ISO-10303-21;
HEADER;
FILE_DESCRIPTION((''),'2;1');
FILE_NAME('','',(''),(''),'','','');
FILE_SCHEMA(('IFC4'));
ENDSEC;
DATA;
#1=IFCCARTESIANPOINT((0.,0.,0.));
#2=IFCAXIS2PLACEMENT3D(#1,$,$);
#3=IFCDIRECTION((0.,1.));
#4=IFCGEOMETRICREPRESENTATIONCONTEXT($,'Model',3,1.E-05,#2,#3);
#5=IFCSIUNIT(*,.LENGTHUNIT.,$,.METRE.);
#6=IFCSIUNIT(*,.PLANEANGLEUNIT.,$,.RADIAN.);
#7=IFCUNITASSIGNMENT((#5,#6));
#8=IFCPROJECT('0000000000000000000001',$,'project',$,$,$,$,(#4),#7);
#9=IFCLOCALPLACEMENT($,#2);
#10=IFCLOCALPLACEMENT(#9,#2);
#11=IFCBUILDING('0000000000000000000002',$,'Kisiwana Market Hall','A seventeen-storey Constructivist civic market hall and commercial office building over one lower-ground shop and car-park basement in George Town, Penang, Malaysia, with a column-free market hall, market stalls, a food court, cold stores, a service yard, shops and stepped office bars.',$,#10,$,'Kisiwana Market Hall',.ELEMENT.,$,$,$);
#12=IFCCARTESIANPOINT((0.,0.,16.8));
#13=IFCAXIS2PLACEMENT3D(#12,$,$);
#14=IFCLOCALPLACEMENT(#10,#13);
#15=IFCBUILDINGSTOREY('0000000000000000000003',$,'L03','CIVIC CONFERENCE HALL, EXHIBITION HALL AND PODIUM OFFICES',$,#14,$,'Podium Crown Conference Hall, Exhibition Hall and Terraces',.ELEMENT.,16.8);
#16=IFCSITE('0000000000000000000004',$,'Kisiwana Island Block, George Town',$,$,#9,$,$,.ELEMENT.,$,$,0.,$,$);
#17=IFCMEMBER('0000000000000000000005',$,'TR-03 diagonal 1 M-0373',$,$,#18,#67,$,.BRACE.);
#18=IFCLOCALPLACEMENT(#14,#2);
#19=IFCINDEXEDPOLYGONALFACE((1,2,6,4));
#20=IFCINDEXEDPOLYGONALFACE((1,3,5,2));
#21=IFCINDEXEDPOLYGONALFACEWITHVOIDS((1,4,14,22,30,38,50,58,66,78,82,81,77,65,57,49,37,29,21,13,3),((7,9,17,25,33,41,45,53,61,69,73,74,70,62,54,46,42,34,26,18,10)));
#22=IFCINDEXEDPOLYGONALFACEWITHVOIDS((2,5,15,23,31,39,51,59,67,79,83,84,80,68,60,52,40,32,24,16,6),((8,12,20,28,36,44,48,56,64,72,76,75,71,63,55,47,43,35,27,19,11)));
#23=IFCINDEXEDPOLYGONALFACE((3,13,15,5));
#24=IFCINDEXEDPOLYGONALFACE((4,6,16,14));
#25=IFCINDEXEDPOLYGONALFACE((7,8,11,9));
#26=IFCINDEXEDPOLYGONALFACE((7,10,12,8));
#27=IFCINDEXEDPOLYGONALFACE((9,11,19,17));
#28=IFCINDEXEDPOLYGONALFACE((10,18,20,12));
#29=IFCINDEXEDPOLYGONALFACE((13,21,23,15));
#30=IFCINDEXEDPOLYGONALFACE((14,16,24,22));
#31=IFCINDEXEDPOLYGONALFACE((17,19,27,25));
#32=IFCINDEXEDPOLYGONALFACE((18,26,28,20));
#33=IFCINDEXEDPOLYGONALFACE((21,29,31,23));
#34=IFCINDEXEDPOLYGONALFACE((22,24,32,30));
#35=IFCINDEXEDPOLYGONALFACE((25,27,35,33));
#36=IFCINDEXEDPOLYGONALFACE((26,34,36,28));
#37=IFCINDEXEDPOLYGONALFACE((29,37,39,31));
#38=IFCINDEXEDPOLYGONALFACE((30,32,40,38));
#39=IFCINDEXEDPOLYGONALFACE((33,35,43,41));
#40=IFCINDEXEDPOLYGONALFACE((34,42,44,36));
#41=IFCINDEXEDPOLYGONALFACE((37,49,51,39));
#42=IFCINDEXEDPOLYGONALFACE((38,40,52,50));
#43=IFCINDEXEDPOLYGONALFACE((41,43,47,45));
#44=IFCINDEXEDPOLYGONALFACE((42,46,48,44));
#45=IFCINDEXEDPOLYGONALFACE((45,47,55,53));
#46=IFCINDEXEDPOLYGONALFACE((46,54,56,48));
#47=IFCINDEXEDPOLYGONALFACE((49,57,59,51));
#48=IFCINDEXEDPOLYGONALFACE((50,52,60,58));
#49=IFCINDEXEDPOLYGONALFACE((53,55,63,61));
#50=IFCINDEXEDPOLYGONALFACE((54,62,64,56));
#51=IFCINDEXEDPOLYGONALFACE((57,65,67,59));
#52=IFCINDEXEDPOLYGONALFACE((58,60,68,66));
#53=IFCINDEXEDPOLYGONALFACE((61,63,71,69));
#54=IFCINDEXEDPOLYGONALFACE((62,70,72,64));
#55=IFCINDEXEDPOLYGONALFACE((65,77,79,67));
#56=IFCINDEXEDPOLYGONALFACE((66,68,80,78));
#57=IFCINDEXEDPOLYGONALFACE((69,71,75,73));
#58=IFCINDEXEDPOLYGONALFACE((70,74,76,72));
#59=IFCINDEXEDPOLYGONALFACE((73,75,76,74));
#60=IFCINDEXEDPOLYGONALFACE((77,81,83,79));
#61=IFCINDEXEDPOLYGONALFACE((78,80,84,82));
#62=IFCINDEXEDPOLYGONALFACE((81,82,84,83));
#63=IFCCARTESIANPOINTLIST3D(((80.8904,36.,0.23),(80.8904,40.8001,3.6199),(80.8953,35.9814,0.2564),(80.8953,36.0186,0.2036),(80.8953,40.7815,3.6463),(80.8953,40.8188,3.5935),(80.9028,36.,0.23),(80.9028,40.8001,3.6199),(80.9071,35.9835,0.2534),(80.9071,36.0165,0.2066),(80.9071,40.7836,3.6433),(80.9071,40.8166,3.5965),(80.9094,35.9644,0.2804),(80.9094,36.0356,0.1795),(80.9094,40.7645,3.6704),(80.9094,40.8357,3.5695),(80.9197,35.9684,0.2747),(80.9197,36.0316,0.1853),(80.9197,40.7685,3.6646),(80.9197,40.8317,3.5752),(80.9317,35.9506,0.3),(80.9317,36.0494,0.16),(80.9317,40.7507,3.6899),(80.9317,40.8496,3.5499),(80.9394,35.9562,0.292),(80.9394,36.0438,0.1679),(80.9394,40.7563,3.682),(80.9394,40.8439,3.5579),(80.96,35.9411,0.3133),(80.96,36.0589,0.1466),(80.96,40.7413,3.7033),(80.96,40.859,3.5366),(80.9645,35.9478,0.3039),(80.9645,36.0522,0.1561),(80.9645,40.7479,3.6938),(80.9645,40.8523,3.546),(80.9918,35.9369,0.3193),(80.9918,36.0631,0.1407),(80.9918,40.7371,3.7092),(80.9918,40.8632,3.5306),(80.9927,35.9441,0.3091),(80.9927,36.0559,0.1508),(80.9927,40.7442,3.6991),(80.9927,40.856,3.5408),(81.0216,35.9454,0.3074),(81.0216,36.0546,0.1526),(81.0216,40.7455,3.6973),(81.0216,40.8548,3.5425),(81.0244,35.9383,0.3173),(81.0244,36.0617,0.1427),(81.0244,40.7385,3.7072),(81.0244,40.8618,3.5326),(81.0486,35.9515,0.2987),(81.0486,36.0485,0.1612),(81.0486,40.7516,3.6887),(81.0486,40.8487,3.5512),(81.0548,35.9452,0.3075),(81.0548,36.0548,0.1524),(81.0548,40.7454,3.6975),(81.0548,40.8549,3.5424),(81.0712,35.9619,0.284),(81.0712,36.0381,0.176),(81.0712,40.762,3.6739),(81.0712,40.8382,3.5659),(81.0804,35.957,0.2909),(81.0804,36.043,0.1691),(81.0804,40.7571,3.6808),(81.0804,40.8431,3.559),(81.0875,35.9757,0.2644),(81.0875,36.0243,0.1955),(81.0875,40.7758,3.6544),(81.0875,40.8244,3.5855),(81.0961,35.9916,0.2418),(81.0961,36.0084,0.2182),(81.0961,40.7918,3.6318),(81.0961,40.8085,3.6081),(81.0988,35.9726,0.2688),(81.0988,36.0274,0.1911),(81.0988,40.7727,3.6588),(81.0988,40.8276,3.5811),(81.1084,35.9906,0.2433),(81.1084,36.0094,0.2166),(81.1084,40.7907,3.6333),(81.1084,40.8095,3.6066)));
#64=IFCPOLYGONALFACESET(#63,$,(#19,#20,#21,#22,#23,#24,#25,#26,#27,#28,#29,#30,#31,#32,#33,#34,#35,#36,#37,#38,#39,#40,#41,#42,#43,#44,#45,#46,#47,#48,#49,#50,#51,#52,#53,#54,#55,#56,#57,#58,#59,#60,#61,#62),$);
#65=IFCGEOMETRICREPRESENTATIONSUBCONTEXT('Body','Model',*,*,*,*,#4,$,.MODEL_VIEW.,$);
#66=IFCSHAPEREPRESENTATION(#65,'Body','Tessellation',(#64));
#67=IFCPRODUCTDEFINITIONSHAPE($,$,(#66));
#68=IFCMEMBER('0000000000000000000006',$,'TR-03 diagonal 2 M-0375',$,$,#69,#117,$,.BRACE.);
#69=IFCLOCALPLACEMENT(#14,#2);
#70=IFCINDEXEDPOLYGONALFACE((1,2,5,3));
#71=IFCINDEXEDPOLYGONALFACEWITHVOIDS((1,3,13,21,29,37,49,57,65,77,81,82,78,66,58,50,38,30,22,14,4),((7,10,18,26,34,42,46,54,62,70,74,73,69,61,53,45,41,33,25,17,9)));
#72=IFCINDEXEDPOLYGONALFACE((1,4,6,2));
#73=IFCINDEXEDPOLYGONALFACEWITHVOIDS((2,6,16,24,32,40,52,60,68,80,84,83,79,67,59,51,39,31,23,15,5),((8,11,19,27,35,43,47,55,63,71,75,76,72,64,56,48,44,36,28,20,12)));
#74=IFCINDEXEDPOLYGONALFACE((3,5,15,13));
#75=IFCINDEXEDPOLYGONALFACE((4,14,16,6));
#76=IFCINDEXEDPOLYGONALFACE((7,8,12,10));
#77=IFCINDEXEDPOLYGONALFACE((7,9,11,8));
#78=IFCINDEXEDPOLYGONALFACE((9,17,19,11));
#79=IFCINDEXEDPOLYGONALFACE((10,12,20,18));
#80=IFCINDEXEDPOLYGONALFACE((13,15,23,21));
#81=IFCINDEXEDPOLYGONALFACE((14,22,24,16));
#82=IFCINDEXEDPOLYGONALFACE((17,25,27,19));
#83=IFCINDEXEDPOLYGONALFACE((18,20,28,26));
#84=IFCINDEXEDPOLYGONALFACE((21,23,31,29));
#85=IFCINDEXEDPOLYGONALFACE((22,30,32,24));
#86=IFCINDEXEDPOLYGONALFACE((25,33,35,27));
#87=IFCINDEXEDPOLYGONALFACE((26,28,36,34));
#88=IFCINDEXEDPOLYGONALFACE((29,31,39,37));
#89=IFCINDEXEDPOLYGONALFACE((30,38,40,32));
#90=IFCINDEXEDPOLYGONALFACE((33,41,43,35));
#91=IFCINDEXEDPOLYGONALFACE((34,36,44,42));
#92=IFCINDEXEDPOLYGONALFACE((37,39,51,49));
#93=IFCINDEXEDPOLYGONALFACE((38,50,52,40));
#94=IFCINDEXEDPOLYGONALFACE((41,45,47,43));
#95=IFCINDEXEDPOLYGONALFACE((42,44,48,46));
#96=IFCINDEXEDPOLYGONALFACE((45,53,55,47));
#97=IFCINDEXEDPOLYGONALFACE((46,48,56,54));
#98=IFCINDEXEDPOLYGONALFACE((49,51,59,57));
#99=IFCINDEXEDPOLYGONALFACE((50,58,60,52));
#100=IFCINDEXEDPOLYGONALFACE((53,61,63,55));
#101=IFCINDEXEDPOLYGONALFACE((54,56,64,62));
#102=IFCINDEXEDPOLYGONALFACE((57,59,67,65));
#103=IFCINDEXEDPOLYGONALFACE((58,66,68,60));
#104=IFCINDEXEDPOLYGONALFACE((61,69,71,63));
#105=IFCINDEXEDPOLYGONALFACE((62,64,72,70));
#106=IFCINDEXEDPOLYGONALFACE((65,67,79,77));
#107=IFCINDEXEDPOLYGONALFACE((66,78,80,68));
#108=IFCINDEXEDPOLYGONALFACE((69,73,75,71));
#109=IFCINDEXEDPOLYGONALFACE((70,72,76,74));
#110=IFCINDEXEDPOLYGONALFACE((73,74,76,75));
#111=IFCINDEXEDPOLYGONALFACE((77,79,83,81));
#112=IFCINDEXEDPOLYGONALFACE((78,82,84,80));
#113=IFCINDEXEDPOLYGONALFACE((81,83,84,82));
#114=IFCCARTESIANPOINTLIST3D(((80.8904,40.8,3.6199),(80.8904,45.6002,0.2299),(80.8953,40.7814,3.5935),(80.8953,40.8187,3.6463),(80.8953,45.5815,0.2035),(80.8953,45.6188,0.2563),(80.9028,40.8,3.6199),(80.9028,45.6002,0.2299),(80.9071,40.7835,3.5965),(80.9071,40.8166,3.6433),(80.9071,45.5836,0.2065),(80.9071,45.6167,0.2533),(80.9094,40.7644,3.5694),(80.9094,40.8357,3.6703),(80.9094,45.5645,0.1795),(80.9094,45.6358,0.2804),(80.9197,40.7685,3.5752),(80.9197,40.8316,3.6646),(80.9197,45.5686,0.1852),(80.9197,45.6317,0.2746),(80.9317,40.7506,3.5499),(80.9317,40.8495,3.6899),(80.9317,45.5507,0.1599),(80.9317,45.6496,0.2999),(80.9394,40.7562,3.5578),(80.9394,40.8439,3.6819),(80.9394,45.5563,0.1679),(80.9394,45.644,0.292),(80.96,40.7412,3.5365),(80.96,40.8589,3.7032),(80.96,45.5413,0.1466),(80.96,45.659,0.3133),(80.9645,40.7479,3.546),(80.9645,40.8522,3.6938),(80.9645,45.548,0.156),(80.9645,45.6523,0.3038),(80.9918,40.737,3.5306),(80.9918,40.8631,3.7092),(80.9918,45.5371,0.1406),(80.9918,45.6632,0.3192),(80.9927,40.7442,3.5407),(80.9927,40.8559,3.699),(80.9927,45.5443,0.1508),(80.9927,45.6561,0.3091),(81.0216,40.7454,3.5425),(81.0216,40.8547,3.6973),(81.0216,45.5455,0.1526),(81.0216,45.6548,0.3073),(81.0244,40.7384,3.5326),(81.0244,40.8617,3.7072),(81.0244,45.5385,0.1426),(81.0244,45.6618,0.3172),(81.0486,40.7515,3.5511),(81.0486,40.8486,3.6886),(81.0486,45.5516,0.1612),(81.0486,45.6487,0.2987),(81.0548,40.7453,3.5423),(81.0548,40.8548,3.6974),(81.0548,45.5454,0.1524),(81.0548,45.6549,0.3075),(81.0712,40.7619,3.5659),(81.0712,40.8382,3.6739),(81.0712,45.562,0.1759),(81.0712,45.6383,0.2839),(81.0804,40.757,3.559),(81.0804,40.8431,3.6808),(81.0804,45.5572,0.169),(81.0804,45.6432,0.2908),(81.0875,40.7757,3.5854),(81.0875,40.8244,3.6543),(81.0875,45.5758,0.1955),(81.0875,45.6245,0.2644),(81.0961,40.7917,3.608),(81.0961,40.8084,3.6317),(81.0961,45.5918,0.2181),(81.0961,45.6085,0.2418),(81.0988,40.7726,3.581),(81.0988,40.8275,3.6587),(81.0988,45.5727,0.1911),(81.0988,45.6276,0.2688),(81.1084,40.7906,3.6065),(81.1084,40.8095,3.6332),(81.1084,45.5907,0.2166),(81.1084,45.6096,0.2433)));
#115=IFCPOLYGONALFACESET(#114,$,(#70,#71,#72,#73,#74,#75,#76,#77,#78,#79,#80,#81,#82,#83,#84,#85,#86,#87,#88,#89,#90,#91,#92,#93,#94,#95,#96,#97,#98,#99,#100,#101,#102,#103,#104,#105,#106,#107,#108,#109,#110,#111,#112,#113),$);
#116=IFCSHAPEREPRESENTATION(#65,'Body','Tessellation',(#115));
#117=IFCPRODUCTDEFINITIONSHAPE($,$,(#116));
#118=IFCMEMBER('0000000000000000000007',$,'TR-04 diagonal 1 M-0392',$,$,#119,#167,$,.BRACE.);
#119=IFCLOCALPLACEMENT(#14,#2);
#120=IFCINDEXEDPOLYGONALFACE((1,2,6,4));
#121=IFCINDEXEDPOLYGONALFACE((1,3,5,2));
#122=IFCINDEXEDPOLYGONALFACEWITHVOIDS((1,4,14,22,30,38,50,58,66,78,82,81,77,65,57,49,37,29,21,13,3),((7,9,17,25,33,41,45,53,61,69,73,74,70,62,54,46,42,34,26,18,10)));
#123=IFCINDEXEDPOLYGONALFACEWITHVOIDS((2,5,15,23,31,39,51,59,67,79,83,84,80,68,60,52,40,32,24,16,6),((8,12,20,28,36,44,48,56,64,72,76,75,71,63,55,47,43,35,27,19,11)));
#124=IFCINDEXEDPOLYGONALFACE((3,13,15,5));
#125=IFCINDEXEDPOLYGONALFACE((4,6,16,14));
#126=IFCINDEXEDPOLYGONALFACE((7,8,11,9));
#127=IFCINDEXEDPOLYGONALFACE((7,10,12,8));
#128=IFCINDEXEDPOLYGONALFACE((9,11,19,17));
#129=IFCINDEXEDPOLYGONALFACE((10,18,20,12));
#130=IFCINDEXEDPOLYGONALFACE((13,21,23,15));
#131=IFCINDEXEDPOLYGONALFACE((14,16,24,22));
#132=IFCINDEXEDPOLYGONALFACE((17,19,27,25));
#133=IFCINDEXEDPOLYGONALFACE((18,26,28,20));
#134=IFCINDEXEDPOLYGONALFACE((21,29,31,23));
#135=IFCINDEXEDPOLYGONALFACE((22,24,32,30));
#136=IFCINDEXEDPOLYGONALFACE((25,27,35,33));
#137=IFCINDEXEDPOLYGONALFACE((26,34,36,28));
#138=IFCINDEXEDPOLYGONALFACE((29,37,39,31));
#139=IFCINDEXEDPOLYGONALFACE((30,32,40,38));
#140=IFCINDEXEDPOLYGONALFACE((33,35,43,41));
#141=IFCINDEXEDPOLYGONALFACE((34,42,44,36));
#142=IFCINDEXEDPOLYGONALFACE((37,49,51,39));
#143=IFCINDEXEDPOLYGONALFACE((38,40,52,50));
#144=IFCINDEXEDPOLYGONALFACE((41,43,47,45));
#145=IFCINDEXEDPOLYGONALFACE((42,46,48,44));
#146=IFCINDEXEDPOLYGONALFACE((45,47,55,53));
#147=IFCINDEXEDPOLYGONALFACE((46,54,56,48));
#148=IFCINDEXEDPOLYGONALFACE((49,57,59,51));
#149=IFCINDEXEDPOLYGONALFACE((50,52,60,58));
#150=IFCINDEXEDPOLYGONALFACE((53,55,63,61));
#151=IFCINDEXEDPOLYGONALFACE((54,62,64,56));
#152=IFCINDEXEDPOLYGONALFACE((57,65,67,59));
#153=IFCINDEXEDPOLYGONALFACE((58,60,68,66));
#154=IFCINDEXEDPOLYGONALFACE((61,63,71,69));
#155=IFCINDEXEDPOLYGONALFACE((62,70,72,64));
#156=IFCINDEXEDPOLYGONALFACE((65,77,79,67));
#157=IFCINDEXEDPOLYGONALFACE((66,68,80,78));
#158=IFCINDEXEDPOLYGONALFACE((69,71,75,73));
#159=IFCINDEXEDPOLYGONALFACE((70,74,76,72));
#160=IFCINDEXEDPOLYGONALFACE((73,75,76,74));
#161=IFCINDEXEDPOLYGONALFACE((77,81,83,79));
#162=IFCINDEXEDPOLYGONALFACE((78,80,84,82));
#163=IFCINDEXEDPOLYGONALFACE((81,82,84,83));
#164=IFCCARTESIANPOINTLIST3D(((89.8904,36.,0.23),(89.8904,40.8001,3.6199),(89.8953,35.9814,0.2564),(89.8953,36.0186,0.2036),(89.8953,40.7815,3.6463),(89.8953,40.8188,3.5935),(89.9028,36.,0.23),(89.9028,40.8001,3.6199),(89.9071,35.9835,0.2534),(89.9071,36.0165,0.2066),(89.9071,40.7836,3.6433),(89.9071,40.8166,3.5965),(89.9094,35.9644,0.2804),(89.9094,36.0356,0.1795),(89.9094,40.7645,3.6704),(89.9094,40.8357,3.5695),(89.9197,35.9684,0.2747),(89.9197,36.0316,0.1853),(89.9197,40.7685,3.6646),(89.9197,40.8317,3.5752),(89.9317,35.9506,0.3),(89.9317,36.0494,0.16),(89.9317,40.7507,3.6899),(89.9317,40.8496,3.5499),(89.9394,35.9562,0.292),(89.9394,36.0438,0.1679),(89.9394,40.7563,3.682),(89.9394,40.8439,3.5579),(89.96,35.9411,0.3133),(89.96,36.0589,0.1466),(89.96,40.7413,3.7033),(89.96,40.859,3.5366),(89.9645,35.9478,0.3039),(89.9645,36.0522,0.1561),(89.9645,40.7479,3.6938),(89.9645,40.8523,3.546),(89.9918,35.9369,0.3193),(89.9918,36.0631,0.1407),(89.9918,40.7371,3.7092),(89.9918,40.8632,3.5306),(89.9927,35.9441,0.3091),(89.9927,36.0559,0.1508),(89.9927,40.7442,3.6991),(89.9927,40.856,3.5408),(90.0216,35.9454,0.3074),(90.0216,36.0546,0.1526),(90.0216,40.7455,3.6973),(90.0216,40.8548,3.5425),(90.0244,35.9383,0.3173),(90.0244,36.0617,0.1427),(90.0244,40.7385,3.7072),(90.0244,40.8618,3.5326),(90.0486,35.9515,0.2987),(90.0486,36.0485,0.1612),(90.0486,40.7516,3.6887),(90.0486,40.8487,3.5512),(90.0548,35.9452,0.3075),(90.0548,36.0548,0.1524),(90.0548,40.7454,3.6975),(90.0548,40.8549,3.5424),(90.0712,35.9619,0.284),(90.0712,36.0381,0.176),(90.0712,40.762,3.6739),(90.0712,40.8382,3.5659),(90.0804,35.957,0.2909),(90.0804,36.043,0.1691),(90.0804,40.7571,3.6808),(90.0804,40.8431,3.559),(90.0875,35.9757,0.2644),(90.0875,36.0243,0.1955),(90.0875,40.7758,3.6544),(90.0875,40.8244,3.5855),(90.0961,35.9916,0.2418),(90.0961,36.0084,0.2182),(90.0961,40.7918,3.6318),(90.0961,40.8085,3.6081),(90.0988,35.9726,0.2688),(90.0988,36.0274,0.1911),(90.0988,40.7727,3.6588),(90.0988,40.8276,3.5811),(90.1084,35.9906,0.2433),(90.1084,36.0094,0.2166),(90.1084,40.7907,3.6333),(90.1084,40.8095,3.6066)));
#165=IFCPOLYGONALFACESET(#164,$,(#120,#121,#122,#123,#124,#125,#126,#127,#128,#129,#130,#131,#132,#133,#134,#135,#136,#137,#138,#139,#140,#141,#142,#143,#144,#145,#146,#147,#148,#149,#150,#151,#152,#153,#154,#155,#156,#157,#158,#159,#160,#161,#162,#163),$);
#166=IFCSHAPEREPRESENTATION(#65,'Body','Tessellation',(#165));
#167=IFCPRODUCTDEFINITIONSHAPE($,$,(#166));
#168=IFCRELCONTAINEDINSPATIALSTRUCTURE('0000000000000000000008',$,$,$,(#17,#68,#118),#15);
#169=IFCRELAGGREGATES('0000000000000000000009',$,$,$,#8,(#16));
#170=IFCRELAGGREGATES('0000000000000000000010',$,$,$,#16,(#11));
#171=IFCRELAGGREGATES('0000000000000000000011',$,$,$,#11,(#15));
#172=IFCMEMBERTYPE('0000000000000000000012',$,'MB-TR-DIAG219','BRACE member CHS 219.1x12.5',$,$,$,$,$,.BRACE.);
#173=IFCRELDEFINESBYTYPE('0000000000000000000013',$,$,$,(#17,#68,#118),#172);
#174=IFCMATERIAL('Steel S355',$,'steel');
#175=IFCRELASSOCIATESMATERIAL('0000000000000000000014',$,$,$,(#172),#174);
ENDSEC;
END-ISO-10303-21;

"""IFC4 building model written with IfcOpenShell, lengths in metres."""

from ifc_helpers import new_model, si_unit, direction, frame, origin, origin_2d, place, context, subcontext, project, spatial, hollow_circle, extrude, material, material_profile, profile_set, type_object, element, save


model = new_model("IFC4")

# Units and contexts
model_context = context("Model", 3, precision=1e-05, world=origin(), true_north=direction((0.0, 1.0)))
body_context = subcontext(model_context, "Body", "Model", "MODEL_VIEW")
ifc_project = project(units=[si_unit("LENGTHUNIT", "METRE"), si_unit("PLANEANGLEUNIT", "RADIAN")], contexts=[model_context])

# Site, building, storey
site_placement = place(None, origin())
site = spatial("IfcSite", under=ifc_project, at=site_placement, Name="Kisiwana Island Block, George Town", CompositionType="ELEMENT", RefElevation=0.0)
building_placement = place(site_placement, origin())
building = spatial("IfcBuilding", under=site, at=building_placement, Name="Kisiwana Market Hall", Description="A seventeen-storey Constructivist civic market hall and commercial office building over one lower-ground shop and car-park basement in George Town, Penang, Malaysia, with a column-free market hall, market stalls, a food court, cold stores, a service yard, shops and stepped office bars.", LongName="Kisiwana Market Hall", CompositionType="ELEMENT")
storey_placement = place(building_placement, frame((0.0, 0.0, 16.8)))
storey = spatial("IfcBuildingStorey", under=building, at=storey_placement, Name="L03", Description="CIVIC CONFERENCE HALL, EXHIBITION HALL AND PODIUM OFFICES", LongName="Podium Crown Conference Hall, Exhibition Hall and Terraces", CompositionType="ELEMENT", Elevation=16.8)

# Members
ifc_material_1 = material(Name="Steel S355", Category="steel")
ifc_material_profile_1 = material_profile(ifc_material_1, hollow_circle(Radius=0.1096, WallThickness=0.0125, at=origin_2d()), Name="CHS 219.1x12.5")
ifc_profile_set_1 = profile_set([ifc_material_profile_1], Name="Steel S355")
member_type_1 = type_object("IfcMemberType", Name="MB-TR-DIAG219", Description="BRACE member CHS 219.1x12.5", PredefinedType="BRACE", material=ifc_profile_set_1)
for number, where, z_axis, x_axis, name in (
    (1, (81.0, 36.0, 0.23), (0.0, 0.816838, 0.576868), (-1.0, 0.0, 0.0), "TR-03 diagonal 1 M-0373"),
    (2, (81.0, 40.8, 3.6199), (0.0, 0.816838, -0.576868), (-1.0, 0.0, 0.0), "TR-03 diagonal 2 M-0375"),
    (3, (90.0, 36.0, 0.23), (0.0, 0.816838, 0.576868), (-1.0, 0.0, 0.0), "TR-04 diagonal 1 M-0392"),
):
    element("IfcMember", number, at=place(storey_placement, frame(where, z_axis=z_axis, x_axis=x_axis)), inside=storey, type_object=member_type_1, Name=name, PredefinedType="BRACE", context=body_context, shape_type="SweptSolid", body=[
        extrude(hollow_circle(Radius=0.1096, WallThickness=0.0125, at=origin_2d()), origin(), (0.0, 0.0, 1.0), 5.8765),
    ])

save(model, "model.ifc")
